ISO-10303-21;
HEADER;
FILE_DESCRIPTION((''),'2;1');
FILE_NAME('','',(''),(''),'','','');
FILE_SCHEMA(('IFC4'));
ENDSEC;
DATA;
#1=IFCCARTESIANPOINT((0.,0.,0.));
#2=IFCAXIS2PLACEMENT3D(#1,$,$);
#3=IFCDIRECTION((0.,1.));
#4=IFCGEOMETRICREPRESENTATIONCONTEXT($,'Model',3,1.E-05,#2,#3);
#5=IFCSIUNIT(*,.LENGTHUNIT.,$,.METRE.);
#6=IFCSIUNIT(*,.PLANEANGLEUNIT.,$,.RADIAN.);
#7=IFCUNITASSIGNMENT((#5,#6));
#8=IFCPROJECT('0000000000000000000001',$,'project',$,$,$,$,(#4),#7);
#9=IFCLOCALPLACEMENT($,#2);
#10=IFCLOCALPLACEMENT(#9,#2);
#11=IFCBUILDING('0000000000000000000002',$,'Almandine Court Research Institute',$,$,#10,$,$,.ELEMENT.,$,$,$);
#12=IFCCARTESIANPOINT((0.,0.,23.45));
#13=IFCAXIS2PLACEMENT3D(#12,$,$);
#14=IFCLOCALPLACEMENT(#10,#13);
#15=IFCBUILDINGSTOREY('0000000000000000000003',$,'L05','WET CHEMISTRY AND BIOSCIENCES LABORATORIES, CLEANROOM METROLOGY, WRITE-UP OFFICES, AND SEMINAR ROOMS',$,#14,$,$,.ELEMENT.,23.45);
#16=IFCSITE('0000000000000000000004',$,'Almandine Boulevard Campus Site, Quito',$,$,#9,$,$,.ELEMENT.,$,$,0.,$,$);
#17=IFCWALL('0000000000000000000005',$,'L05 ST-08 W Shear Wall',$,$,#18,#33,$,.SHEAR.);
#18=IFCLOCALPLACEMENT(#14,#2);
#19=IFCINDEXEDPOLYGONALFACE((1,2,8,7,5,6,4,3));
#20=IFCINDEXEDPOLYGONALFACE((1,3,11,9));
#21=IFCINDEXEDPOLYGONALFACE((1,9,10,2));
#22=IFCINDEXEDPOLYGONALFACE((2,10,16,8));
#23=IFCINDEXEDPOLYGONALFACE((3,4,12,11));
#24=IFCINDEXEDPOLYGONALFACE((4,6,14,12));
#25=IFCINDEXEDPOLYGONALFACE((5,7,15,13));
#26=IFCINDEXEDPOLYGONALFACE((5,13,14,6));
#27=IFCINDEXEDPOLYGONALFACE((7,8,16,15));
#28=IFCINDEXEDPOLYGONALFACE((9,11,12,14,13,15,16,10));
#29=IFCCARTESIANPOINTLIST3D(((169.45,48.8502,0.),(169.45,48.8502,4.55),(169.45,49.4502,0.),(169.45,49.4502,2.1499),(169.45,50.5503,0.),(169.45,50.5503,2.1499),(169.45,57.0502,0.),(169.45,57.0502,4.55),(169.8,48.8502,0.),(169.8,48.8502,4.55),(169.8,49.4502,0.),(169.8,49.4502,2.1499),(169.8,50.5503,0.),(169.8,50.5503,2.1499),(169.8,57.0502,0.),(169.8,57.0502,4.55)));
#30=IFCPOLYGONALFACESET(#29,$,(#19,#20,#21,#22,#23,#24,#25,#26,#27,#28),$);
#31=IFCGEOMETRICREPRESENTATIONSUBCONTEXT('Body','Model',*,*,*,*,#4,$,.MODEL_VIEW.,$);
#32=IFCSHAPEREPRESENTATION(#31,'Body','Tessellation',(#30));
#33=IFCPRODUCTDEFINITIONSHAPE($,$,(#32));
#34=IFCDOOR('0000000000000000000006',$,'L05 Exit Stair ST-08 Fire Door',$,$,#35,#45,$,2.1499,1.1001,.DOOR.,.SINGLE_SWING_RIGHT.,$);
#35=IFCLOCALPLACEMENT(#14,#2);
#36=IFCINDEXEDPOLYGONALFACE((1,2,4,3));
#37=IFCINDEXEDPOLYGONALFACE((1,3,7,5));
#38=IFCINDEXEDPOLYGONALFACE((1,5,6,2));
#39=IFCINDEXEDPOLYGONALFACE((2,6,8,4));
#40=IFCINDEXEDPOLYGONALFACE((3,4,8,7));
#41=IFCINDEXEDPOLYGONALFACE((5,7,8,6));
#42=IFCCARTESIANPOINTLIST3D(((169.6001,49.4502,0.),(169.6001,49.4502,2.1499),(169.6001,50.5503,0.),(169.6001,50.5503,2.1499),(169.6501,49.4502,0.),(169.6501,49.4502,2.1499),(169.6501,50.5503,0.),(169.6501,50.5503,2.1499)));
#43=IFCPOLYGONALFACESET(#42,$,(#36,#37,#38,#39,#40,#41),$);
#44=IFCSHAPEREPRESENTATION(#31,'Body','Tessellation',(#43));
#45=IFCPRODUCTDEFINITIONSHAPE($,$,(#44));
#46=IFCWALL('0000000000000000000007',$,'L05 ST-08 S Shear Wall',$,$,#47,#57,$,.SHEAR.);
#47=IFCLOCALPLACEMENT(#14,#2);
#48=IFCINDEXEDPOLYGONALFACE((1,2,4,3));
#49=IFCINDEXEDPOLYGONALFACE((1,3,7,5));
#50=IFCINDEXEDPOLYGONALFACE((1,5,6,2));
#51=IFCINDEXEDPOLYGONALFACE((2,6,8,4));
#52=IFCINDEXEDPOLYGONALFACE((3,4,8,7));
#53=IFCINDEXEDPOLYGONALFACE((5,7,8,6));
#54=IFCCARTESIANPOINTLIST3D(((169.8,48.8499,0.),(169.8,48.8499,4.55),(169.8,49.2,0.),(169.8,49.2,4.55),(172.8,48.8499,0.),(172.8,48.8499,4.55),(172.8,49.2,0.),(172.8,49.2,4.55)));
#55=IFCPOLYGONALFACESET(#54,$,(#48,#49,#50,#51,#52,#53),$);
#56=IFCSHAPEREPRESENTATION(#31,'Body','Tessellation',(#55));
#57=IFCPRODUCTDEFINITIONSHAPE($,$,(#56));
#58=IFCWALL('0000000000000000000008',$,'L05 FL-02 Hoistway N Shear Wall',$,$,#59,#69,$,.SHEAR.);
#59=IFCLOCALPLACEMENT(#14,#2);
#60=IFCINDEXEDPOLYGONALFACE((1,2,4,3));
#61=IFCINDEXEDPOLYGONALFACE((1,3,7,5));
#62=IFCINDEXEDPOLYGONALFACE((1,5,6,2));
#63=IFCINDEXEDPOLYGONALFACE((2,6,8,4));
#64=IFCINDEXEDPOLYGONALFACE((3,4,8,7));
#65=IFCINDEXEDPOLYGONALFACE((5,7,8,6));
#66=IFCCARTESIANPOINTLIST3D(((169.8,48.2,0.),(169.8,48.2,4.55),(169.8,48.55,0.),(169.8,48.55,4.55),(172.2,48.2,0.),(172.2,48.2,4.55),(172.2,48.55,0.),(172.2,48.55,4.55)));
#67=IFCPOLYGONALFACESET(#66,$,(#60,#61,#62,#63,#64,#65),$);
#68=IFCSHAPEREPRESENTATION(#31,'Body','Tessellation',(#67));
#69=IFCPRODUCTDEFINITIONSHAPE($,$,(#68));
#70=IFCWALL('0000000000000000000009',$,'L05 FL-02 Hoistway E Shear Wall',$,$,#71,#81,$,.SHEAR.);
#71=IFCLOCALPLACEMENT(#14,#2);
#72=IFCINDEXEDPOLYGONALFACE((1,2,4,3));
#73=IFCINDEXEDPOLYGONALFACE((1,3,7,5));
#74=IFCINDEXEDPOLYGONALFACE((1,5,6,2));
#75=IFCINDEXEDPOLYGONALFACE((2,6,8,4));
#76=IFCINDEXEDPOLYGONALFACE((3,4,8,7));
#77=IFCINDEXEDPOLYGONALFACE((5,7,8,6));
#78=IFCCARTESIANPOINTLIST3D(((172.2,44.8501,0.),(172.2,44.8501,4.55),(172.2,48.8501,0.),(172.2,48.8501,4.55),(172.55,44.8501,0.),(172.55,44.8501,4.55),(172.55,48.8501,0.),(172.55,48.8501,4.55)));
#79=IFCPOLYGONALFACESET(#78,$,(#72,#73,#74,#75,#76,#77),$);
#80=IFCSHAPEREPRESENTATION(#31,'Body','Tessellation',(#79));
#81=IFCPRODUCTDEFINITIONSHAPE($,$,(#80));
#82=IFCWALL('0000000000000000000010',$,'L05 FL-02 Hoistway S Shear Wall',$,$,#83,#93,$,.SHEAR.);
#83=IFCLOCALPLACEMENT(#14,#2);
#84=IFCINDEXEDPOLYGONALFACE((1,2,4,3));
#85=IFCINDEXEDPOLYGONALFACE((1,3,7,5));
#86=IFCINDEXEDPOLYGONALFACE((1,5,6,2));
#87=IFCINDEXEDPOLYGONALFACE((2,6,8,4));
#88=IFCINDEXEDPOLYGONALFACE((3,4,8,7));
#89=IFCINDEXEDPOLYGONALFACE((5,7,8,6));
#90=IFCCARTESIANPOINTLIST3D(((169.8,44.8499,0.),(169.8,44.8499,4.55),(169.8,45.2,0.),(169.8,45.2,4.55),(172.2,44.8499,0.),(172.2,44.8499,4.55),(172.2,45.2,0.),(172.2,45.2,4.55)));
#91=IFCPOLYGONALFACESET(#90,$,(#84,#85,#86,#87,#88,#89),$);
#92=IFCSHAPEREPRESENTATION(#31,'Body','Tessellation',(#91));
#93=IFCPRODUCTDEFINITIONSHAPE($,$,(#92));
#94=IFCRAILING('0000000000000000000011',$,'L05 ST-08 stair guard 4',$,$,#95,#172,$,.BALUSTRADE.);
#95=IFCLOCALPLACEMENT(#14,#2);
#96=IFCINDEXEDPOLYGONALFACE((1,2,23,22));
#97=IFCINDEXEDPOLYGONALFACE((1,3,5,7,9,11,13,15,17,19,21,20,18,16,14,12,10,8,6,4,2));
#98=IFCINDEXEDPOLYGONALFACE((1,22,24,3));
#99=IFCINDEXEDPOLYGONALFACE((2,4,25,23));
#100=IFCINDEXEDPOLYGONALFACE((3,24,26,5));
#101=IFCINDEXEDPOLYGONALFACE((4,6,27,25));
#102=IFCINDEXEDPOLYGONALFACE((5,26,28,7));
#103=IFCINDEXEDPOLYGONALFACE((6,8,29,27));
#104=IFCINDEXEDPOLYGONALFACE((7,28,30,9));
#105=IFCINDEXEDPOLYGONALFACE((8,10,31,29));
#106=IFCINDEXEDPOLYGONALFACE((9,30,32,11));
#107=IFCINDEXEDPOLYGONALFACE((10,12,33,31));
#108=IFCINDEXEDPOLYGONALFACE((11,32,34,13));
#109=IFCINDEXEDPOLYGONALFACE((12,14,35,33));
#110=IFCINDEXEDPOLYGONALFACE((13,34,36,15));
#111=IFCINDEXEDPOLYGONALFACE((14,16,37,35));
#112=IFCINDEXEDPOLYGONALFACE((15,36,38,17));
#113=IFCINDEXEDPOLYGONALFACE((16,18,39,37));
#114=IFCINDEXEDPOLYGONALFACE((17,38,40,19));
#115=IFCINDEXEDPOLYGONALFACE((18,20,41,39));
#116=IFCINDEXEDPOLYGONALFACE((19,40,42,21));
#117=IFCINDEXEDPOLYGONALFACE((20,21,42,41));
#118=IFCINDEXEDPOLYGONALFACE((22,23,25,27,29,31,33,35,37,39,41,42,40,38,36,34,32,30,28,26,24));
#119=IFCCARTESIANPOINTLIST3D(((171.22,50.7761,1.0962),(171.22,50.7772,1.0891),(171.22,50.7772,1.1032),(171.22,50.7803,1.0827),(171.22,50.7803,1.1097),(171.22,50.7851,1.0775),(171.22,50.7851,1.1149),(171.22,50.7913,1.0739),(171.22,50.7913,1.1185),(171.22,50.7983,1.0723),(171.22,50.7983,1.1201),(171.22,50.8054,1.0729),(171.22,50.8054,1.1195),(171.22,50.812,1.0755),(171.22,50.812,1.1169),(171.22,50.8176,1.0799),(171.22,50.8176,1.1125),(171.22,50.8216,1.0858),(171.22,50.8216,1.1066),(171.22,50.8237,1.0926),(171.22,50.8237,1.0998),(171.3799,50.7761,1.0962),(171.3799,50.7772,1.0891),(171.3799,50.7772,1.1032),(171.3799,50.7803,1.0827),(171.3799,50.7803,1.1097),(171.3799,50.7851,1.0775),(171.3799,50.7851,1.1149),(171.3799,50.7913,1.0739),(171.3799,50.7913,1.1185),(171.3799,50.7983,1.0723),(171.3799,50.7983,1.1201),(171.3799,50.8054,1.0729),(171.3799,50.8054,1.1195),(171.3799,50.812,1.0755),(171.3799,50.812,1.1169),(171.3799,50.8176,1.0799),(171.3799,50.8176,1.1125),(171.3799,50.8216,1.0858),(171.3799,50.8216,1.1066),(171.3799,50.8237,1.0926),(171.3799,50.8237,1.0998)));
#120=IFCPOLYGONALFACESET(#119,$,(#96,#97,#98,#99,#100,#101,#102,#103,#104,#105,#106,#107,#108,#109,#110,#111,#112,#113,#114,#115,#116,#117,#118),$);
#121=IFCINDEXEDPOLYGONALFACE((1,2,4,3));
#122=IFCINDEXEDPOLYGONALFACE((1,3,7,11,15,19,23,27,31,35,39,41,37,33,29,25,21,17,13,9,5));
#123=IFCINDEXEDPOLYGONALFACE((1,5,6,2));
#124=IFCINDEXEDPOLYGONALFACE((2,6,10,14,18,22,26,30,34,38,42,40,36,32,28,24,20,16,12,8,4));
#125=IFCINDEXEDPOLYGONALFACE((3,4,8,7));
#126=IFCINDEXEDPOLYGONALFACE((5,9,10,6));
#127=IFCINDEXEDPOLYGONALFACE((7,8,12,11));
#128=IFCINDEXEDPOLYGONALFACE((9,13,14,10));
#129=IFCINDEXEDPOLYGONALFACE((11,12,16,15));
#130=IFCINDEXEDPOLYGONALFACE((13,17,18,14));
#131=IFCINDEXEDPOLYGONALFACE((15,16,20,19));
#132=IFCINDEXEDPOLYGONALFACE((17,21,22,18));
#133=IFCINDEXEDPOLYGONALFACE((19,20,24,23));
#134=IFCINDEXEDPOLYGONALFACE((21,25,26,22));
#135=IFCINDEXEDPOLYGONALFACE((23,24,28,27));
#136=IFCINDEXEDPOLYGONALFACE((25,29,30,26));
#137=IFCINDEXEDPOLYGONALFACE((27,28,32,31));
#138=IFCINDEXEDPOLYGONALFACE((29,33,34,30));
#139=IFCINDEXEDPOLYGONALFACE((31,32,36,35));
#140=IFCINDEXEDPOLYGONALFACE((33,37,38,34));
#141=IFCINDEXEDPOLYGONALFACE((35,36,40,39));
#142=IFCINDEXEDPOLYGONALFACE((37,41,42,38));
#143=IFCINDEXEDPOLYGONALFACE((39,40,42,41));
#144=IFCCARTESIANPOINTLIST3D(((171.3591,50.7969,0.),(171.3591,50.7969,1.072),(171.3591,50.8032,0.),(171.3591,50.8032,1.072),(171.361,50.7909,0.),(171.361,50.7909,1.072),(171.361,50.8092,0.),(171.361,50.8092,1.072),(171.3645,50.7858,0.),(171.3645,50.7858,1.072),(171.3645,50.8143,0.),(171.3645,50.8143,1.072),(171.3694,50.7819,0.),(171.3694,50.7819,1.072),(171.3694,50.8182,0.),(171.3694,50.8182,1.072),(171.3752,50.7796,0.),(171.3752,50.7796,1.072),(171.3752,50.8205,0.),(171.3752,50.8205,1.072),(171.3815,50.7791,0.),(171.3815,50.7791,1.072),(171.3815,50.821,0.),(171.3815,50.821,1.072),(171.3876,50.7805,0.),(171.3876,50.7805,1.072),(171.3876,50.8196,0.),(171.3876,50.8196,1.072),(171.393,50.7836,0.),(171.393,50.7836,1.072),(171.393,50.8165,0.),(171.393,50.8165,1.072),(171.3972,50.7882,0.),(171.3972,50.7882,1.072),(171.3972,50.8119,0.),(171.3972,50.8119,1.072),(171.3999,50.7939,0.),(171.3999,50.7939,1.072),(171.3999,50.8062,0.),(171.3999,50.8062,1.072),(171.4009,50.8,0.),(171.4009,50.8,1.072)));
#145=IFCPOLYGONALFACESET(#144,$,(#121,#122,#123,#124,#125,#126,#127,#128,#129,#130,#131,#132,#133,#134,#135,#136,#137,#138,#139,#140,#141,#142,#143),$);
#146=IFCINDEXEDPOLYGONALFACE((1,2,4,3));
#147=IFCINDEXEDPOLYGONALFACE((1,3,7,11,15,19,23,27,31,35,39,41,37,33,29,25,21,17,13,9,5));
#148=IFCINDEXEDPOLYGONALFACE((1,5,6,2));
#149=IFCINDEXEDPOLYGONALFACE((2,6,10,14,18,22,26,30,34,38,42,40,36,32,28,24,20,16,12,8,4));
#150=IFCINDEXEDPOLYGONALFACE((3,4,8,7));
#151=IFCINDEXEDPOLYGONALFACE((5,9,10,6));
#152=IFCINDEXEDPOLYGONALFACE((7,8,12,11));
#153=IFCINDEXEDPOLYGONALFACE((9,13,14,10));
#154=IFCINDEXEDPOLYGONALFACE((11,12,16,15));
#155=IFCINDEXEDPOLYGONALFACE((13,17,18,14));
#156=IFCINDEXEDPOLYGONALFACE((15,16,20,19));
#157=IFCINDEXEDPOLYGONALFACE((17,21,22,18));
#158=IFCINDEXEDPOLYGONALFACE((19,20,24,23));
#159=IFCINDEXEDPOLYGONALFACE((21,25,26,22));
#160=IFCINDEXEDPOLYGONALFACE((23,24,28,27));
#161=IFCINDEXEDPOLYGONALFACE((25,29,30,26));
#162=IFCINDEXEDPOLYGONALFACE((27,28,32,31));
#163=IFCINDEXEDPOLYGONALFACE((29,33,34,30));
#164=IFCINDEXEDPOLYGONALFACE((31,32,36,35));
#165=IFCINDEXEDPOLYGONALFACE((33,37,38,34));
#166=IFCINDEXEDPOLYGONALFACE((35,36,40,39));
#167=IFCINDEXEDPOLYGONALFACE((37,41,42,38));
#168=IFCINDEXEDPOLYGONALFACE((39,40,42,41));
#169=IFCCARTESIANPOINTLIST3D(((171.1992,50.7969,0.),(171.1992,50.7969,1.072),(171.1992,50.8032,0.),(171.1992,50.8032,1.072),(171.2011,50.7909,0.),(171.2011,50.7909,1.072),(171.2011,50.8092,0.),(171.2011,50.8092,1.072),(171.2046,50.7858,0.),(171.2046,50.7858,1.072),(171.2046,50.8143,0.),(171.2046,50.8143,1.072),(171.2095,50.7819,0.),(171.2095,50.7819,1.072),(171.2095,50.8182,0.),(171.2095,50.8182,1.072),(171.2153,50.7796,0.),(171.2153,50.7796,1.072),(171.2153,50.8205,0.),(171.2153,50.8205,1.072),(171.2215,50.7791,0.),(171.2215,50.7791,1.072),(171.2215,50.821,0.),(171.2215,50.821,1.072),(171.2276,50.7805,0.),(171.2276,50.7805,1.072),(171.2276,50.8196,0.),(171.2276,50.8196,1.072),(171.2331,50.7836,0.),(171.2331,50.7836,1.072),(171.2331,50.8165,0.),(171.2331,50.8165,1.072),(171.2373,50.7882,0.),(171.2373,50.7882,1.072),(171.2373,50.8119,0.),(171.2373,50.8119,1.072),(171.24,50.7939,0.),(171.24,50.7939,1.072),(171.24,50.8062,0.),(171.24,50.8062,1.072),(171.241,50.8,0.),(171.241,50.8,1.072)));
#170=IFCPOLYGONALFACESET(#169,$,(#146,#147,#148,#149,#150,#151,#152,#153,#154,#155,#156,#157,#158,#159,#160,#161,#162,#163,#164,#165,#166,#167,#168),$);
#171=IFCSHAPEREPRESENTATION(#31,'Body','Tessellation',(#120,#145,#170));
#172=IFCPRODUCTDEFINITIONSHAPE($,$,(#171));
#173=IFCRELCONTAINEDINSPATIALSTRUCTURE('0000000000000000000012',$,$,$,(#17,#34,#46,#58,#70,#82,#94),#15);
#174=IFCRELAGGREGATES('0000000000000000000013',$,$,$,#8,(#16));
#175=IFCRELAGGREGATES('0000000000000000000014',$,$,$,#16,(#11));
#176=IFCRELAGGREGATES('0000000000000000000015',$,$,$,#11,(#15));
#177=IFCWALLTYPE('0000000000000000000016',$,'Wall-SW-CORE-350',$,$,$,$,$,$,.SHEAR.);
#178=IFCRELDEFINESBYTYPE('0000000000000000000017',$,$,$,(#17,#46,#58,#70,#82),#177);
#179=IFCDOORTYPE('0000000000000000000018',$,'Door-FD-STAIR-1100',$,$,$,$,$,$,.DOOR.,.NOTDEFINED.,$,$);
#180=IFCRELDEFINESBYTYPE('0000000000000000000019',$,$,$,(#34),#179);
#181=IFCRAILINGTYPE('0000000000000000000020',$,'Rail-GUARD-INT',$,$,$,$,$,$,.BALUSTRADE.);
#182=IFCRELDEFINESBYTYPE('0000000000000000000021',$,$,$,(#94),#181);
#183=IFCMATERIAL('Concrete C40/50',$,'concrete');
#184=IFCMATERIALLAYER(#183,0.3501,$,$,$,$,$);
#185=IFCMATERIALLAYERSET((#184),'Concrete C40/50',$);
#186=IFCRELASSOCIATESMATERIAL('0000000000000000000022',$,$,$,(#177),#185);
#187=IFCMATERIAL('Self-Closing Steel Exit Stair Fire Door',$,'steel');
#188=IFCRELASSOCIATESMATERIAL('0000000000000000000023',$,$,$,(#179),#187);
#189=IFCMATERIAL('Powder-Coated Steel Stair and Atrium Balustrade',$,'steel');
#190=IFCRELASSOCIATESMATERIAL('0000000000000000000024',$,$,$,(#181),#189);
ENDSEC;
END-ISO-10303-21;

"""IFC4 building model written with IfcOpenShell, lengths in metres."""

from ifc_helpers import new_model, si_unit, direction, frame, frame_2d, origin, origin_2d, place, context, subcontext, project, spatial, rectangle, circle, extrude, material, layer, layer_set, type_object, element, fill, save


model = new_model("IFC4")

# Units and contexts
model_context = context("Model", 3, precision=1e-05, world=origin(), true_north=direction((0.0, 1.0)))
body_context = subcontext(model_context, "Body", "Model", "MODEL_VIEW")
ifc_project = project(units=[si_unit("LENGTHUNIT", "METRE"), si_unit("PLANEANGLEUNIT", "RADIAN")], contexts=[model_context])

# Site, building, storey
site_placement = place(None, origin())
site = spatial("IfcSite", under=ifc_project, at=site_placement, Name="Almandine Boulevard Campus Site, Quito", CompositionType="ELEMENT", RefElevation=0.0)
building_placement = place(site_placement, origin())
building = spatial("IfcBuilding", under=site, at=building_placement, Name="Almandine Court Research Institute", CompositionType="ELEMENT")
storey_placement = place(building_placement, frame((0.0, 0.0, 23.45)))
storey = spatial("IfcBuildingStorey", under=building, at=storey_placement, Name="L05", Description="WET CHEMISTRY AND BIOSCIENCES LABORATORIES, CLEANROOM METROLOGY, WRITE-UP OFFICES, AND SEMINAR ROOMS", CompositionType="ELEMENT", Elevation=23.45)

# Shared definitions
ifc_material_1 = material(Name="Concrete C40/50", Category="concrete")

# Wall, opening, door
ifc_layer_1 = layer(ifc_material_1, 0.3501)
ifc_layer_set_1 = layer_set([ifc_layer_1], Name="Concrete C40/50")
wall_type_1 = type_object("IfcWallType", Name="Wall-SW-CORE-350", PredefinedType="SHEAR", material=ifc_layer_set_1)
wall_1_placement = place(storey_placement, frame((169.625, 48.8501, 0.0), z_axis=(0.0, 0.0, 1.0), x_axis=(0.0, 1.0, 0.0)))
wall_1 = element("IfcWall", 1, at=wall_1_placement, inside=storey, type_object=wall_type_1, Name="L05 ST-08 W Shear Wall", PredefinedType="SHEAR", context=body_context, shape_type="SweptSolid", body=[
    extrude(rectangle(XDim=8.2, YDim=0.3501, at=frame_2d((4.1001, 0.0))), origin(), (0.0, 0.0, 1.0), 4.55),
])
opening_1_placement = place(wall_1_placement, frame((0.6001, 0.0, 0.0)))
opening_1 = element("IfcOpeningElement", 2, at=opening_1_placement, cuts=wall_1, PredefinedType="OPENING", context=body_context, shape_type="SweptSolid", body=[
    extrude(rectangle(XDim=1.1001, YDim=2.1499, at=frame_2d((0.55, 1.075))), frame((0.0, 0.1851, 0.0), z_axis=(0.0, -1.0, 0.0), x_axis=(1.0, 0.0, 0.0)), (0.0, 0.0, 1.0), 0.3701),
])
ifc_material_2 = material(Name="Self-Closing Steel Exit Stair Fire Door", Category="steel")
door_type_1 = type_object("IfcDoorType", Name="Door-FD-STAIR-1100", OperationType="NOTDEFINED", PredefinedType="DOOR", material=ifc_material_2)
door_1_placement = place(opening_1_placement, origin())
door_1 = element("IfcDoor", 3, at=door_1_placement, inside=storey, type_object=door_type_1, Name="L05 Exit Stair ST-08 Fire Door", OperationType="SINGLE_SWING_RIGHT", OverallHeight=2.1499, OverallWidth=1.1001, PredefinedType="DOOR", context=body_context, shape_type="SweptSolid", body=[
    extrude(rectangle(XDim=1.1001, YDim=2.1499, at=frame_2d((0.55, 1.075))), frame((0.0, 0.0249, 0.0), z_axis=(0.0, -1.0, 0.0), x_axis=(1.0, 0.0, 0.0)), (0.0, 0.0, 1.0), 0.05),
])
fill(opening_1, door_1)

# Wall
wall_2_placement = place(storey_placement, frame((172.8, 49.0249, 0.0), z_axis=(0.0, 0.0, 1.0), x_axis=(-1.0, 0.0, 0.0)))
element("IfcWall", 4, at=wall_2_placement, inside=storey, type_object=wall_type_1, Name="L05 ST-08 S Shear Wall", PredefinedType="SHEAR", context=body_context, shape_type="SweptSolid", body=[
    extrude(rectangle(XDim=3.0, YDim=0.3501, at=frame_2d((1.5, 0.0))), origin(), (0.0, 0.0, 1.0), 4.55),
])

# Walls
wall_3_placement = place(storey_placement, frame((169.8, 48.375, 0.0), z_axis=(0.0, 0.0, 1.0), x_axis=(1.0, 0.0, 0.0)))
element("IfcWall", 5, at=wall_3_placement, inside=storey, type_object=wall_type_1, Name="L05 FL-02 Hoistway N Shear Wall", PredefinedType="SHEAR", context=body_context, shape_type="SweptSolid", body=[
    extrude(rectangle(XDim=2.3999, YDim=0.3501, at=frame_2d((1.2, 0.0))), origin(), (0.0, 0.0, 1.0), 4.55),
])
wall_4_placement = place(storey_placement, frame((172.375, 48.8501, 0.0), z_axis=(0.0, 0.0, 1.0), x_axis=(0.0, -1.0, 0.0)))
element("IfcWall", 6, at=wall_4_placement, inside=storey, type_object=wall_type_1, Name="L05 FL-02 Hoistway E Shear Wall", PredefinedType="SHEAR", context=body_context, shape_type="SweptSolid", body=[
    extrude(rectangle(XDim=4.0, YDim=0.3501, at=frame_2d((2.0, 0.0))), origin(), (0.0, 0.0, 1.0), 4.55),
])
wall_5_placement = place(storey_placement, frame((172.2, 45.0249, 0.0), z_axis=(0.0, 0.0, 1.0), x_axis=(-1.0, 0.0, 0.0)))
element("IfcWall", 7, at=wall_5_placement, inside=storey, type_object=wall_type_1, Name="L05 FL-02 Hoistway S Shear Wall", PredefinedType="SHEAR", context=body_context, shape_type="SweptSolid", body=[
    extrude(rectangle(XDim=2.3999, YDim=0.3501, at=frame_2d((1.2, 0.0))), origin(), (0.0, 0.0, 1.0), 4.55),
])

# Railing
ifc_material_3 = material(Name="Powder-Coated Steel Stair and Atrium Balustrade", Category="steel")
railing_type = type_object("IfcRailingType", Name="Rail-GUARD-INT", PredefinedType="BALUSTRADE", material=ifc_material_3)
railing_placement = place(storey_placement, frame((171.3799, 50.8, 0.0)))
element("IfcRailing", 8, at=railing_placement, inside=storey, type_object=railing_type, Name="L05 ST-08 stair guard 4", PredefinedType="BALUSTRADE", context=body_context, shape_type="SweptSolid", body=[
    extrude(circle(Radius=0.0239, at=origin_2d()), frame((0.0, 0.0, 1.0962), z_axis=(-1.0, 0.0, 0.0), x_axis=(0.0, -1.0, 0.0)), (0.0, 0.0, 1.0), 0.1599),
    extrude(circle(Radius=0.021, at=origin_2d()), origin(), (0.0, 0.0, 1.0), 1.072),
    extrude(circle(Radius=0.021, at=origin_2d()), frame((-0.1599, 0.0, 0.0)), (0.0, 0.0, 1.0), 1.072),
])

save(model, "model.ifc")
